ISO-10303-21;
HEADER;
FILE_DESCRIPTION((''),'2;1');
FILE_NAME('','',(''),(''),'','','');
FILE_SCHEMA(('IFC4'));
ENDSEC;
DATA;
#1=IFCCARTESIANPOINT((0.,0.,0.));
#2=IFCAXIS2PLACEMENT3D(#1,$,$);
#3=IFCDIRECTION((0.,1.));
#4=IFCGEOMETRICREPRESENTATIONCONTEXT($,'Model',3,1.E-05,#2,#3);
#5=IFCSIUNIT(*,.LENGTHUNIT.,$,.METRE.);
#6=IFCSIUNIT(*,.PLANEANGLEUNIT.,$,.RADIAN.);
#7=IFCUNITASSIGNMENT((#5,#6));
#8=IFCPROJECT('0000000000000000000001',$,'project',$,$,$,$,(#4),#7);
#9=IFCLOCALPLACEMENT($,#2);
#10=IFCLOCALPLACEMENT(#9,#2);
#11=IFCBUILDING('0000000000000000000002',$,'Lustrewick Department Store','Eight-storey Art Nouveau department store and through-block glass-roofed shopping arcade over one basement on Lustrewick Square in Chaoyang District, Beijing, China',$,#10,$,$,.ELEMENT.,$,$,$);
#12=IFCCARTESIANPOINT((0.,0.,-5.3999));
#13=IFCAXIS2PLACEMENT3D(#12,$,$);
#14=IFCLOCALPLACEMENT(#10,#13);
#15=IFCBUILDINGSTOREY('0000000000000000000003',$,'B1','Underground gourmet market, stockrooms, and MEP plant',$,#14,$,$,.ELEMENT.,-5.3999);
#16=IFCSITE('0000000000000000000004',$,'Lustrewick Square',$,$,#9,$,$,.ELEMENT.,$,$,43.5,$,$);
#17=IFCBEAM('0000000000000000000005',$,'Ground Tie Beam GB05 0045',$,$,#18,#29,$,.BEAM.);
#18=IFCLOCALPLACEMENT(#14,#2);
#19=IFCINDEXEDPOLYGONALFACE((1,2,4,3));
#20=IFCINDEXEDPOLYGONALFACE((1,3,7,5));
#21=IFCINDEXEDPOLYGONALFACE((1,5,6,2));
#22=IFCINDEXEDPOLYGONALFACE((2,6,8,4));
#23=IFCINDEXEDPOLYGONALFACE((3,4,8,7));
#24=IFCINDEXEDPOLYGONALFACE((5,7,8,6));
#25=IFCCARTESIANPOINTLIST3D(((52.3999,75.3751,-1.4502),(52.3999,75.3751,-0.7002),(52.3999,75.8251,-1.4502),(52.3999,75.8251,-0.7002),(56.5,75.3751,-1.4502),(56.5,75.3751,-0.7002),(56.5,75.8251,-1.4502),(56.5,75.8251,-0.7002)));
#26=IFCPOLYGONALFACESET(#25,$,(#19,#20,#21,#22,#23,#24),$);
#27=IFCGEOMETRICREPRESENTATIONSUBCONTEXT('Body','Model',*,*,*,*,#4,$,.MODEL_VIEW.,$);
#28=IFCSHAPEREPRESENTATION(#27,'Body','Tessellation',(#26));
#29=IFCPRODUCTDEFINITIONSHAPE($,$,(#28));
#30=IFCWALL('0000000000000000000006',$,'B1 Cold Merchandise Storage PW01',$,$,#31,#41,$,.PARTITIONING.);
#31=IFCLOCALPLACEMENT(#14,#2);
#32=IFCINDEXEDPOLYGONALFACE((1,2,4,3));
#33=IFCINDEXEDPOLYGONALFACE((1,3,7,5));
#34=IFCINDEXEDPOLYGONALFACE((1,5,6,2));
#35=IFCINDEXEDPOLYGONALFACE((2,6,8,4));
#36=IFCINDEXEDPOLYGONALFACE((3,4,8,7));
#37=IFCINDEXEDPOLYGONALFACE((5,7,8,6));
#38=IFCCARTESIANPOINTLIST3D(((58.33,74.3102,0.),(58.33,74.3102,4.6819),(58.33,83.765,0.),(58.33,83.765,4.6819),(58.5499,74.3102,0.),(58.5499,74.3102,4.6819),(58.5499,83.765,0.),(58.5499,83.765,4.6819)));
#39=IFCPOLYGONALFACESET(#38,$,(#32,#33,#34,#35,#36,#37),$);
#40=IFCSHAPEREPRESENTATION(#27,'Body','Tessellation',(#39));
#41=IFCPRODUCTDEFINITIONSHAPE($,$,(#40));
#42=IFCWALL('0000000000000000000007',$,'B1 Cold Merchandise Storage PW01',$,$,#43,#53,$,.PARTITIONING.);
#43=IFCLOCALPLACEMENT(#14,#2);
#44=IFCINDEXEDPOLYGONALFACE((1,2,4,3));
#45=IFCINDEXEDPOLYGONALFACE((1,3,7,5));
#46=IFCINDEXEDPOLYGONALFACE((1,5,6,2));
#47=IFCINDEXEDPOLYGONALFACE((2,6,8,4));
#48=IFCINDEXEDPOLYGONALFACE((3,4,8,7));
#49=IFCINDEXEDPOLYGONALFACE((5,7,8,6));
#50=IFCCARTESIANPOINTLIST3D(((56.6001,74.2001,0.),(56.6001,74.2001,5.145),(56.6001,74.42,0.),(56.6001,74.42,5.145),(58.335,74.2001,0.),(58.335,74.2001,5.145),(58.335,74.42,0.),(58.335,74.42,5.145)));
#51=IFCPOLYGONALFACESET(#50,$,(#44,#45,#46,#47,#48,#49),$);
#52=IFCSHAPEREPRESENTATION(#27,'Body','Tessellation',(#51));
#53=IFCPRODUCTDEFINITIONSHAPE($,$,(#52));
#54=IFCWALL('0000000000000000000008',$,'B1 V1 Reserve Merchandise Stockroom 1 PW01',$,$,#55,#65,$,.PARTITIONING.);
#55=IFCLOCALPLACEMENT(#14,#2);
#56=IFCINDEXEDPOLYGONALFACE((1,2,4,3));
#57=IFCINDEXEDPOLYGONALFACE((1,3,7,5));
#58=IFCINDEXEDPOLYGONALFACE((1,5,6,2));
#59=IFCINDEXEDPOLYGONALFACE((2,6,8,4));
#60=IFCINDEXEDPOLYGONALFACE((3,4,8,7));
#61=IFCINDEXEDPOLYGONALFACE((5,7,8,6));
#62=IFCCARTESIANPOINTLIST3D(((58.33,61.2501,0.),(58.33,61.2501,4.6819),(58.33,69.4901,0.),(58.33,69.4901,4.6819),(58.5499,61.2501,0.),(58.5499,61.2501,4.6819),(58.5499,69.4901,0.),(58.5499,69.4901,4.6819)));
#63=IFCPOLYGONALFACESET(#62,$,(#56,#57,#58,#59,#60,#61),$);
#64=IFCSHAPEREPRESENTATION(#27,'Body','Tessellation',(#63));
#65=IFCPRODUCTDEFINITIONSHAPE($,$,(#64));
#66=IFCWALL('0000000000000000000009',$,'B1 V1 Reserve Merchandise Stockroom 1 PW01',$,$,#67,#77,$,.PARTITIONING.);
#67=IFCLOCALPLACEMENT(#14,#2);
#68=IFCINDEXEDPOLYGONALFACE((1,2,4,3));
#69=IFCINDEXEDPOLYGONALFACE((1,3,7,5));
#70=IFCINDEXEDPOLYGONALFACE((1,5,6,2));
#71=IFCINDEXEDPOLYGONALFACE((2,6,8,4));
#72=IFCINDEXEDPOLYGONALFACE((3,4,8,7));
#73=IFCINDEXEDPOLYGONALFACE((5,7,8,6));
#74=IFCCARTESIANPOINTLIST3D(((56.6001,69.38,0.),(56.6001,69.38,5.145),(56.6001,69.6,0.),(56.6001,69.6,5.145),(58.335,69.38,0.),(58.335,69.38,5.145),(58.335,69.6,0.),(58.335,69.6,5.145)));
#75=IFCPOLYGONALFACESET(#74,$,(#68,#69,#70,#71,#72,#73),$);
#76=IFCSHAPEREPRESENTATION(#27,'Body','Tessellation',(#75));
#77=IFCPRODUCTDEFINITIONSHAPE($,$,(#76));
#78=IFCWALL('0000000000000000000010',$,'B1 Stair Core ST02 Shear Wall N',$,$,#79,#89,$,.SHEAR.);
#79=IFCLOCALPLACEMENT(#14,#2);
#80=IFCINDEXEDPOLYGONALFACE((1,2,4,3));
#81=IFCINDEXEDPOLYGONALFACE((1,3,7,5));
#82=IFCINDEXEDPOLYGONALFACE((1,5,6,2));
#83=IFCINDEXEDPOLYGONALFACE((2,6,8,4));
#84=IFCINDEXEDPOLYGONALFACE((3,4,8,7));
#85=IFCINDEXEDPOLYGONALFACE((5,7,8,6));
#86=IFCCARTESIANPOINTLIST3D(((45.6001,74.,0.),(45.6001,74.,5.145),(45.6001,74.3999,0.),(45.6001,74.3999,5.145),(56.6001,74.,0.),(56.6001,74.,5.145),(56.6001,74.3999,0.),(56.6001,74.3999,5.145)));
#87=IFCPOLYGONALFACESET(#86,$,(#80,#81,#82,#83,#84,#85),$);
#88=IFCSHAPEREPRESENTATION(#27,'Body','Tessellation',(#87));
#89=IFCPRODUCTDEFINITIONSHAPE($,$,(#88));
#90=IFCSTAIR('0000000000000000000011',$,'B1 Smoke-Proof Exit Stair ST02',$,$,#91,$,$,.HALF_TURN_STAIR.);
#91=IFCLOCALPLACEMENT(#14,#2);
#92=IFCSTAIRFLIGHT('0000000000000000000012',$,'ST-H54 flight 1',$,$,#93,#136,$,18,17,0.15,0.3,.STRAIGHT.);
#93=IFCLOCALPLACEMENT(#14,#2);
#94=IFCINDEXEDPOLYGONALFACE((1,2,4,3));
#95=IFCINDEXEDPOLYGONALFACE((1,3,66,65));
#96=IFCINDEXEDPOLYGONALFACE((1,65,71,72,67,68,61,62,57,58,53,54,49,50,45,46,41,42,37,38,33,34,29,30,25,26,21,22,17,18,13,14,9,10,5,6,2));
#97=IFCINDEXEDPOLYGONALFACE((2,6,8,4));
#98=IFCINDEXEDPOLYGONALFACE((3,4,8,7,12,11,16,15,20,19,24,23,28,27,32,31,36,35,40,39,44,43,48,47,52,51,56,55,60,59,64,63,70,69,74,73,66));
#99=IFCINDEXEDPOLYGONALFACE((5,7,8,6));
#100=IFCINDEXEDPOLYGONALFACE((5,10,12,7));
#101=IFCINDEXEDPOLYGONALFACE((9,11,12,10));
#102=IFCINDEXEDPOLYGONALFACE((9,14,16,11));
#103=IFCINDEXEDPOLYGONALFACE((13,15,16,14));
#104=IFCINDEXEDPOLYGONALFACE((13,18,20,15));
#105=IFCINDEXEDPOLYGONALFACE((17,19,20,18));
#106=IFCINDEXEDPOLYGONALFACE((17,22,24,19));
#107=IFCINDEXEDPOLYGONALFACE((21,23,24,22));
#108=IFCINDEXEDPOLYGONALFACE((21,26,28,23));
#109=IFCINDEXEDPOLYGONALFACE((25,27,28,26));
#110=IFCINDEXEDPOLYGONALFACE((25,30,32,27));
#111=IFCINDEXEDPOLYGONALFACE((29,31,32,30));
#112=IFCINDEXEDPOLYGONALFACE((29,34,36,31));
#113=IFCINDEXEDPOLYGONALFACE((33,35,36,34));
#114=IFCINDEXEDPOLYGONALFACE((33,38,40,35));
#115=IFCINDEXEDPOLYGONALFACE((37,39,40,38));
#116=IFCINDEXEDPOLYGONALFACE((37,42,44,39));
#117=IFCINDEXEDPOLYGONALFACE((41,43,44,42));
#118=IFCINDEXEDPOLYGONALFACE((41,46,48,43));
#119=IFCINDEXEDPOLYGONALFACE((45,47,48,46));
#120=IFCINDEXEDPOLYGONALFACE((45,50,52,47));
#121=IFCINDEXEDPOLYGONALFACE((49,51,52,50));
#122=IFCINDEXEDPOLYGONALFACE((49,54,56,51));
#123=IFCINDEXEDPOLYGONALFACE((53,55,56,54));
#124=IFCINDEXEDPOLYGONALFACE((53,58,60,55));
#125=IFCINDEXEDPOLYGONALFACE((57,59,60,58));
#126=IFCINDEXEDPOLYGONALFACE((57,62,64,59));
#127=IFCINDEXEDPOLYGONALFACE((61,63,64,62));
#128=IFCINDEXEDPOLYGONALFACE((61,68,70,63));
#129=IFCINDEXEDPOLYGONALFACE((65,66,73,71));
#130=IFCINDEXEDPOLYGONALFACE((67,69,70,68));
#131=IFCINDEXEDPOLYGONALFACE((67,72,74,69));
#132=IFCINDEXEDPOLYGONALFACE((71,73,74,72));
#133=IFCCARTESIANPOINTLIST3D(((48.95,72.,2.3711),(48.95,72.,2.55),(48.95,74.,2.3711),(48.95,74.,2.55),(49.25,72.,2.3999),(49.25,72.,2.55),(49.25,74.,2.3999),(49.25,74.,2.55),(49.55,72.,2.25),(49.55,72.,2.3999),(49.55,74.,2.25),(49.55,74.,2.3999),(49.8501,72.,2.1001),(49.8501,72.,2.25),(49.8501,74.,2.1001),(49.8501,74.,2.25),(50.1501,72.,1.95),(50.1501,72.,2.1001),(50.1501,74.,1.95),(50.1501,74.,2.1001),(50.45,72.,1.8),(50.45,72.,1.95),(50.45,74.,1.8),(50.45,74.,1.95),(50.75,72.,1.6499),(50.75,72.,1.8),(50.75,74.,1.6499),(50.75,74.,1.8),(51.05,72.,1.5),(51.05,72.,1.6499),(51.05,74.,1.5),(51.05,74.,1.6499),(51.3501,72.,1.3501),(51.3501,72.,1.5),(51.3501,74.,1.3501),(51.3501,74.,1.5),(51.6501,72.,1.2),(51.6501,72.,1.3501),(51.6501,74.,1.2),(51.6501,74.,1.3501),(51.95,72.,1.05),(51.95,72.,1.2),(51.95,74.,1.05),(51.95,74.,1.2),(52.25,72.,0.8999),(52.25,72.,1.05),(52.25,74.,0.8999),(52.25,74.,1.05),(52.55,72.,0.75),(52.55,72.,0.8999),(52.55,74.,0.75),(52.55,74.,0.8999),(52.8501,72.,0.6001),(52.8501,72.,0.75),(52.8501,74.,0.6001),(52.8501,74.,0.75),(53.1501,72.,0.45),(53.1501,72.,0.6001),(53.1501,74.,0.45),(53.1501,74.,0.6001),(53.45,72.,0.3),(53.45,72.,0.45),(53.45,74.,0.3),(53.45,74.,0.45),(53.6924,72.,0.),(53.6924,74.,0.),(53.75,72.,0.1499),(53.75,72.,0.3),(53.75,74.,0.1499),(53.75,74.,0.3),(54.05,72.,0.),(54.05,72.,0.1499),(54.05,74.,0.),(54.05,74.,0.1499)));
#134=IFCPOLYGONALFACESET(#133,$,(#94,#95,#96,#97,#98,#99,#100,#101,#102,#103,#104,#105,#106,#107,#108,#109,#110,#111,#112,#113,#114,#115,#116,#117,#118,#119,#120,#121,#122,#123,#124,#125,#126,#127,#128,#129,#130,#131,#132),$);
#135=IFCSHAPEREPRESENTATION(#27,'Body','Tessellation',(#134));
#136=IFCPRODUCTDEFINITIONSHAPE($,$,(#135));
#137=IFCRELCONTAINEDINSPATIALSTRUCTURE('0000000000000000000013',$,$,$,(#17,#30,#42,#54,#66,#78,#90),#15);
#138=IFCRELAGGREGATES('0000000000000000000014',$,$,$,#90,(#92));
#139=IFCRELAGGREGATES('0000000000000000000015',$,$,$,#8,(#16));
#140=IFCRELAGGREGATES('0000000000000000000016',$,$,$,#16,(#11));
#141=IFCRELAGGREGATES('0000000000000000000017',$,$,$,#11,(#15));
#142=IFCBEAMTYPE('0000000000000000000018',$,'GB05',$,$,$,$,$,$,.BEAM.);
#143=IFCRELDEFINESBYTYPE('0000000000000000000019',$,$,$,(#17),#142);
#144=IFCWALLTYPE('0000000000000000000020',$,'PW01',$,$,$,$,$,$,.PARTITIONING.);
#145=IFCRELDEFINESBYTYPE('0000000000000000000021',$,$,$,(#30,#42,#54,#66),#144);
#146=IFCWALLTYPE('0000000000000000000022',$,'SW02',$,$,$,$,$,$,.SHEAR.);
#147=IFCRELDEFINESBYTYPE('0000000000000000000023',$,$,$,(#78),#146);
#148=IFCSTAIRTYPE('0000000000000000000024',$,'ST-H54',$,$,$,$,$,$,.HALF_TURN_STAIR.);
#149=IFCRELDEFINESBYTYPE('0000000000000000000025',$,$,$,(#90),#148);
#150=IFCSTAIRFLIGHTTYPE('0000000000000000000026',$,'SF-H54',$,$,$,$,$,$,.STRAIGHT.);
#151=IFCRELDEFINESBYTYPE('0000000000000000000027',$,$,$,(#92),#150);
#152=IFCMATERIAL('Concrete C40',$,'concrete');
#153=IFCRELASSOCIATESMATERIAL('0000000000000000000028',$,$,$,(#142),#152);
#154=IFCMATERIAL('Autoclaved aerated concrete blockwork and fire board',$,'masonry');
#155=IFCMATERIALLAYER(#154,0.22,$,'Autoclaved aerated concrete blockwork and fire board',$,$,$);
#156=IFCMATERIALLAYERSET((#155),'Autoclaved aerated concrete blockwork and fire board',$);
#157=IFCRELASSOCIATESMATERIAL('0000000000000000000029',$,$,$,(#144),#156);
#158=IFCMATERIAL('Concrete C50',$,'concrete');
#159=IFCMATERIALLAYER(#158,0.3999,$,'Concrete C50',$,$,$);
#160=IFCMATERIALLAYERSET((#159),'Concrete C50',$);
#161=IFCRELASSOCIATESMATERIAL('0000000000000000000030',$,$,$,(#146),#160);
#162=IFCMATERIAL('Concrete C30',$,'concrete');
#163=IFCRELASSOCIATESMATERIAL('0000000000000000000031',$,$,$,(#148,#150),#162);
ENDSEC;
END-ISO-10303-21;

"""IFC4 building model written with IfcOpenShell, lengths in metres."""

from ifc_helpers import new_model, si_unit, direction, frame, frame_2d, origin, origin_2d, place, context, subcontext, project, spatial, polyline, rectangle, outline, extrude, material, layer, layer_set, material_profile, profile_set, type_object, element, aggregate, save


model = new_model("IFC4")

# Units and contexts
model_context = context("Model", 3, precision=1e-05, world=origin(), true_north=direction((0.0, 1.0)))
body_context = subcontext(model_context, "Body", "Model", "MODEL_VIEW")
ifc_project = project(units=[si_unit("LENGTHUNIT", "METRE"), si_unit("PLANEANGLEUNIT", "RADIAN")], contexts=[model_context])

# Site, building, storey
site_placement = place(None, origin())
site = spatial("IfcSite", under=ifc_project, at=site_placement, Name="Lustrewick Square", CompositionType="ELEMENT", RefElevation=43.5)
building_placement = place(site_placement, origin())
building = spatial("IfcBuilding", under=site, at=building_placement, Name="Lustrewick Department Store", Description="Eight-storey Art Nouveau department store and through-block glass-roofed shopping arcade over one basement on Lustrewick Square in Chaoyang District, Beijing, China", CompositionType="ELEMENT")
storey_placement = place(building_placement, frame((0.0, 0.0, -5.3999)))
storey = spatial("IfcBuildingStorey", under=building, at=storey_placement, Name="B1", Description="Underground gourmet market, stockrooms, and MEP plant", CompositionType="ELEMENT", Elevation=-5.3999)

# Shared definitions
ifc_material_1 = material(Name="Concrete C40", Category="concrete")

# Shared definitions
ifc_material_2 = material(Name="Concrete C50", Category="concrete")

# Beam
ifc_material_profile_1 = material_profile(ifc_material_1, rectangle(XDim=0.45, YDim=0.75, at=origin_2d()), Name="RC 450x750")
ifc_profile_set_1 = profile_set([ifc_material_profile_1], Name="Concrete C40")
beam_type_1 = type_object("IfcBeamType", Name="GB05", PredefinedType="BEAM", material=ifc_profile_set_1)
beam_1_placement = place(storey_placement, frame((52.3999, 75.6001, -1.0752), z_axis=(1.0, 0.0, 0.0), x_axis=(0.0, 1.0, 0.0)))
element("IfcBeam", 1, at=beam_1_placement, inside=storey, type_object=beam_type_1, Name="Ground Tie Beam GB05 0045", PredefinedType="BEAM", context=body_context, shape_type="SweptSolid", body=[
    extrude(rectangle(XDim=0.45, YDim=0.75, at=origin_2d()), origin(), (0.0, 0.0, 1.0), 4.1001),
])

# Walls
ifc_material_3 = material(Name="Autoclaved aerated concrete blockwork and fire board", Category="masonry")
ifc_layer_1 = layer(ifc_material_3, 0.22, Name="Autoclaved aerated concrete blockwork and fire board")
ifc_layer_set_1 = layer_set([ifc_layer_1], Name="Autoclaved aerated concrete blockwork and fire board")
wall_type_1 = type_object("IfcWallType", Name="PW01", PredefinedType="PARTITIONING", material=ifc_layer_set_1)
wall_1_placement = place(storey_placement, frame((58.4399, 74.3101, 0.0), z_axis=(0.0, 0.0, 1.0), x_axis=(0.0, 1.0, 0.0)))
element("IfcWall", 2, at=wall_1_placement, inside=storey, type_object=wall_type_1, Name="B1 Cold Merchandise Storage PW01", PredefinedType="PARTITIONING", context=body_context, shape_type="SweptSolid", body=[
    extrude(rectangle(XDim=9.4548, YDim=0.22, at=frame_2d((4.7275, 0.0))), origin(), (0.0, 0.0, 1.0), 4.6819),
])
wall_2_placement = place(storey_placement, frame((56.6001, 74.3101, 0.0), z_axis=(0.0, 0.0, 1.0), x_axis=(1.0, 0.0, 0.0)))
element("IfcWall", 3, at=wall_2_placement, inside=storey, type_object=wall_type_1, Name="B1 Cold Merchandise Storage PW01", PredefinedType="PARTITIONING", context=body_context, shape_type="SweptSolid", body=[
    extrude(rectangle(XDim=1.7349, YDim=0.22, at=frame_2d((0.8674, 0.0))), origin(), (0.0, 0.0, 1.0), 5.145),
])
wall_3_placement = place(storey_placement, frame((58.4399, 61.25, 0.0), z_axis=(0.0, 0.0, 1.0), x_axis=(0.0, 1.0, 0.0)))
element("IfcWall", 4, at=wall_3_placement, inside=storey, type_object=wall_type_1, Name="B1 V1 Reserve Merchandise Stockroom 1 PW01", PredefinedType="PARTITIONING", context=body_context, shape_type="SweptSolid", body=[
    extrude(rectangle(XDim=8.24, YDim=0.22, at=frame_2d((4.1201, 0.0))), origin(), (0.0, 0.0, 1.0), 4.6819),
])
wall_4_placement = place(storey_placement, frame((58.335, 69.49, 0.0), z_axis=(0.0, 0.0, 1.0), x_axis=(-1.0, 0.0, 0.0)))
element("IfcWall", 5, at=wall_4_placement, inside=storey, type_object=wall_type_1, Name="B1 V1 Reserve Merchandise Stockroom 1 PW01", PredefinedType="PARTITIONING", context=body_context, shape_type="SweptSolid", body=[
    extrude(rectangle(XDim=1.7349, YDim=0.22, at=frame_2d((0.8674, 0.0))), origin(), (0.0, 0.0, 1.0), 5.145),
])

# Shared definitions
ifc_layer_2 = layer(ifc_material_2, 0.3999, Name="Concrete C50")
ifc_layer_set_2 = layer_set([ifc_layer_2], Name="Concrete C50")
wall_type_2 = type_object("IfcWallType", Name="SW02", PredefinedType="SHEAR", material=ifc_layer_set_2)

# Wall
wall_5_placement = place(storey_placement, frame((56.6001, 74.2, 0.0), z_axis=(0.0, 0.0, 1.0), x_axis=(-1.0, 0.0, 0.0)))
element("IfcWall", 6, at=wall_5_placement, inside=storey, type_object=wall_type_2, Name="B1 Stair Core ST02 Shear Wall N", PredefinedType="SHEAR", context=body_context, shape_type="SweptSolid", body=[
    extrude(rectangle(XDim=11.0, YDim=0.3999, at=frame_2d((5.5, 0.0))), origin(), (0.0, 0.0, 1.0), 5.145),
])

# Stair, stair flight
ifc_material_4 = material(Name="Concrete C30", Category="concrete")
stair_type = type_object("IfcStairType", Name="ST-H54", PredefinedType="HALF_TURN_STAIR", material=ifc_material_4)
stair_placement = place(storey_placement, origin())
stair = element("IfcStair", 7, at=stair_placement, inside=storey, type_object=stair_type, Name="B1 Smoke-Proof Exit Stair ST02", PredefinedType="HALF_TURN_STAIR")
stair_flight_type = type_object("IfcStairFlightType", Name="SF-H54", PredefinedType="STRAIGHT", material=ifc_material_4)
stair_flight_placement = place(storey_placement, frame((54.05, 73.0, 0.0), z_axis=(0.0, 0.0, 1.0), x_axis=(-1.0, 0.0, 0.0)))
stair_flight = element("IfcStairFlight", 8, at=stair_flight_placement, type_object=stair_flight_type, Name="ST-H54 flight 1", NumberOfRisers=18, NumberOfTreads=17, PredefinedType="STRAIGHT", RiserHeight=0.15, TreadLength=0.3, context=body_context, shape_type="SweptSolid", body=[
    extrude(outline(polyline([(0.0, 0.0), (0.0, 0.1499), (0.3, 0.1499), (0.3, 0.3), (0.6001, 0.3), (0.6001, 0.45), (0.8999, 0.45), (0.8999, 0.6001), (1.2, 0.6001), (1.2, 0.75), (1.5, 0.75), (1.5, 0.8999), (1.8, 0.8999), (1.8, 1.05), (2.1001, 1.05), (2.1001, 1.2), (2.3999, 1.2), (2.3999, 1.3501), (2.7, 1.3501), (2.7, 1.5), (3.0, 1.5), (3.0, 1.6499), (3.3, 1.6499), (3.3, 1.8), (3.6001, 1.8), (3.6001, 1.95), (3.8999, 1.95), (3.8999, 2.1001), (4.2, 2.1001), (4.2, 2.25), (4.5, 2.25), (4.5, 2.3999), (4.8, 2.3999), (4.8, 2.55), (5.1001, 2.55), (5.1001, 2.7), (5.1001, 2.3711), (0.3577, 0.0), (0.0, 0.0)])), frame((0.0, 1.0, 0.0), z_axis=(0.0, -1.0, 0.0), x_axis=(1.0, 0.0, 0.0)), (0.0, 0.0, 1.0), 2.0),
])
aggregate(stair, [stair_flight])

save(model, "model.ifc")
